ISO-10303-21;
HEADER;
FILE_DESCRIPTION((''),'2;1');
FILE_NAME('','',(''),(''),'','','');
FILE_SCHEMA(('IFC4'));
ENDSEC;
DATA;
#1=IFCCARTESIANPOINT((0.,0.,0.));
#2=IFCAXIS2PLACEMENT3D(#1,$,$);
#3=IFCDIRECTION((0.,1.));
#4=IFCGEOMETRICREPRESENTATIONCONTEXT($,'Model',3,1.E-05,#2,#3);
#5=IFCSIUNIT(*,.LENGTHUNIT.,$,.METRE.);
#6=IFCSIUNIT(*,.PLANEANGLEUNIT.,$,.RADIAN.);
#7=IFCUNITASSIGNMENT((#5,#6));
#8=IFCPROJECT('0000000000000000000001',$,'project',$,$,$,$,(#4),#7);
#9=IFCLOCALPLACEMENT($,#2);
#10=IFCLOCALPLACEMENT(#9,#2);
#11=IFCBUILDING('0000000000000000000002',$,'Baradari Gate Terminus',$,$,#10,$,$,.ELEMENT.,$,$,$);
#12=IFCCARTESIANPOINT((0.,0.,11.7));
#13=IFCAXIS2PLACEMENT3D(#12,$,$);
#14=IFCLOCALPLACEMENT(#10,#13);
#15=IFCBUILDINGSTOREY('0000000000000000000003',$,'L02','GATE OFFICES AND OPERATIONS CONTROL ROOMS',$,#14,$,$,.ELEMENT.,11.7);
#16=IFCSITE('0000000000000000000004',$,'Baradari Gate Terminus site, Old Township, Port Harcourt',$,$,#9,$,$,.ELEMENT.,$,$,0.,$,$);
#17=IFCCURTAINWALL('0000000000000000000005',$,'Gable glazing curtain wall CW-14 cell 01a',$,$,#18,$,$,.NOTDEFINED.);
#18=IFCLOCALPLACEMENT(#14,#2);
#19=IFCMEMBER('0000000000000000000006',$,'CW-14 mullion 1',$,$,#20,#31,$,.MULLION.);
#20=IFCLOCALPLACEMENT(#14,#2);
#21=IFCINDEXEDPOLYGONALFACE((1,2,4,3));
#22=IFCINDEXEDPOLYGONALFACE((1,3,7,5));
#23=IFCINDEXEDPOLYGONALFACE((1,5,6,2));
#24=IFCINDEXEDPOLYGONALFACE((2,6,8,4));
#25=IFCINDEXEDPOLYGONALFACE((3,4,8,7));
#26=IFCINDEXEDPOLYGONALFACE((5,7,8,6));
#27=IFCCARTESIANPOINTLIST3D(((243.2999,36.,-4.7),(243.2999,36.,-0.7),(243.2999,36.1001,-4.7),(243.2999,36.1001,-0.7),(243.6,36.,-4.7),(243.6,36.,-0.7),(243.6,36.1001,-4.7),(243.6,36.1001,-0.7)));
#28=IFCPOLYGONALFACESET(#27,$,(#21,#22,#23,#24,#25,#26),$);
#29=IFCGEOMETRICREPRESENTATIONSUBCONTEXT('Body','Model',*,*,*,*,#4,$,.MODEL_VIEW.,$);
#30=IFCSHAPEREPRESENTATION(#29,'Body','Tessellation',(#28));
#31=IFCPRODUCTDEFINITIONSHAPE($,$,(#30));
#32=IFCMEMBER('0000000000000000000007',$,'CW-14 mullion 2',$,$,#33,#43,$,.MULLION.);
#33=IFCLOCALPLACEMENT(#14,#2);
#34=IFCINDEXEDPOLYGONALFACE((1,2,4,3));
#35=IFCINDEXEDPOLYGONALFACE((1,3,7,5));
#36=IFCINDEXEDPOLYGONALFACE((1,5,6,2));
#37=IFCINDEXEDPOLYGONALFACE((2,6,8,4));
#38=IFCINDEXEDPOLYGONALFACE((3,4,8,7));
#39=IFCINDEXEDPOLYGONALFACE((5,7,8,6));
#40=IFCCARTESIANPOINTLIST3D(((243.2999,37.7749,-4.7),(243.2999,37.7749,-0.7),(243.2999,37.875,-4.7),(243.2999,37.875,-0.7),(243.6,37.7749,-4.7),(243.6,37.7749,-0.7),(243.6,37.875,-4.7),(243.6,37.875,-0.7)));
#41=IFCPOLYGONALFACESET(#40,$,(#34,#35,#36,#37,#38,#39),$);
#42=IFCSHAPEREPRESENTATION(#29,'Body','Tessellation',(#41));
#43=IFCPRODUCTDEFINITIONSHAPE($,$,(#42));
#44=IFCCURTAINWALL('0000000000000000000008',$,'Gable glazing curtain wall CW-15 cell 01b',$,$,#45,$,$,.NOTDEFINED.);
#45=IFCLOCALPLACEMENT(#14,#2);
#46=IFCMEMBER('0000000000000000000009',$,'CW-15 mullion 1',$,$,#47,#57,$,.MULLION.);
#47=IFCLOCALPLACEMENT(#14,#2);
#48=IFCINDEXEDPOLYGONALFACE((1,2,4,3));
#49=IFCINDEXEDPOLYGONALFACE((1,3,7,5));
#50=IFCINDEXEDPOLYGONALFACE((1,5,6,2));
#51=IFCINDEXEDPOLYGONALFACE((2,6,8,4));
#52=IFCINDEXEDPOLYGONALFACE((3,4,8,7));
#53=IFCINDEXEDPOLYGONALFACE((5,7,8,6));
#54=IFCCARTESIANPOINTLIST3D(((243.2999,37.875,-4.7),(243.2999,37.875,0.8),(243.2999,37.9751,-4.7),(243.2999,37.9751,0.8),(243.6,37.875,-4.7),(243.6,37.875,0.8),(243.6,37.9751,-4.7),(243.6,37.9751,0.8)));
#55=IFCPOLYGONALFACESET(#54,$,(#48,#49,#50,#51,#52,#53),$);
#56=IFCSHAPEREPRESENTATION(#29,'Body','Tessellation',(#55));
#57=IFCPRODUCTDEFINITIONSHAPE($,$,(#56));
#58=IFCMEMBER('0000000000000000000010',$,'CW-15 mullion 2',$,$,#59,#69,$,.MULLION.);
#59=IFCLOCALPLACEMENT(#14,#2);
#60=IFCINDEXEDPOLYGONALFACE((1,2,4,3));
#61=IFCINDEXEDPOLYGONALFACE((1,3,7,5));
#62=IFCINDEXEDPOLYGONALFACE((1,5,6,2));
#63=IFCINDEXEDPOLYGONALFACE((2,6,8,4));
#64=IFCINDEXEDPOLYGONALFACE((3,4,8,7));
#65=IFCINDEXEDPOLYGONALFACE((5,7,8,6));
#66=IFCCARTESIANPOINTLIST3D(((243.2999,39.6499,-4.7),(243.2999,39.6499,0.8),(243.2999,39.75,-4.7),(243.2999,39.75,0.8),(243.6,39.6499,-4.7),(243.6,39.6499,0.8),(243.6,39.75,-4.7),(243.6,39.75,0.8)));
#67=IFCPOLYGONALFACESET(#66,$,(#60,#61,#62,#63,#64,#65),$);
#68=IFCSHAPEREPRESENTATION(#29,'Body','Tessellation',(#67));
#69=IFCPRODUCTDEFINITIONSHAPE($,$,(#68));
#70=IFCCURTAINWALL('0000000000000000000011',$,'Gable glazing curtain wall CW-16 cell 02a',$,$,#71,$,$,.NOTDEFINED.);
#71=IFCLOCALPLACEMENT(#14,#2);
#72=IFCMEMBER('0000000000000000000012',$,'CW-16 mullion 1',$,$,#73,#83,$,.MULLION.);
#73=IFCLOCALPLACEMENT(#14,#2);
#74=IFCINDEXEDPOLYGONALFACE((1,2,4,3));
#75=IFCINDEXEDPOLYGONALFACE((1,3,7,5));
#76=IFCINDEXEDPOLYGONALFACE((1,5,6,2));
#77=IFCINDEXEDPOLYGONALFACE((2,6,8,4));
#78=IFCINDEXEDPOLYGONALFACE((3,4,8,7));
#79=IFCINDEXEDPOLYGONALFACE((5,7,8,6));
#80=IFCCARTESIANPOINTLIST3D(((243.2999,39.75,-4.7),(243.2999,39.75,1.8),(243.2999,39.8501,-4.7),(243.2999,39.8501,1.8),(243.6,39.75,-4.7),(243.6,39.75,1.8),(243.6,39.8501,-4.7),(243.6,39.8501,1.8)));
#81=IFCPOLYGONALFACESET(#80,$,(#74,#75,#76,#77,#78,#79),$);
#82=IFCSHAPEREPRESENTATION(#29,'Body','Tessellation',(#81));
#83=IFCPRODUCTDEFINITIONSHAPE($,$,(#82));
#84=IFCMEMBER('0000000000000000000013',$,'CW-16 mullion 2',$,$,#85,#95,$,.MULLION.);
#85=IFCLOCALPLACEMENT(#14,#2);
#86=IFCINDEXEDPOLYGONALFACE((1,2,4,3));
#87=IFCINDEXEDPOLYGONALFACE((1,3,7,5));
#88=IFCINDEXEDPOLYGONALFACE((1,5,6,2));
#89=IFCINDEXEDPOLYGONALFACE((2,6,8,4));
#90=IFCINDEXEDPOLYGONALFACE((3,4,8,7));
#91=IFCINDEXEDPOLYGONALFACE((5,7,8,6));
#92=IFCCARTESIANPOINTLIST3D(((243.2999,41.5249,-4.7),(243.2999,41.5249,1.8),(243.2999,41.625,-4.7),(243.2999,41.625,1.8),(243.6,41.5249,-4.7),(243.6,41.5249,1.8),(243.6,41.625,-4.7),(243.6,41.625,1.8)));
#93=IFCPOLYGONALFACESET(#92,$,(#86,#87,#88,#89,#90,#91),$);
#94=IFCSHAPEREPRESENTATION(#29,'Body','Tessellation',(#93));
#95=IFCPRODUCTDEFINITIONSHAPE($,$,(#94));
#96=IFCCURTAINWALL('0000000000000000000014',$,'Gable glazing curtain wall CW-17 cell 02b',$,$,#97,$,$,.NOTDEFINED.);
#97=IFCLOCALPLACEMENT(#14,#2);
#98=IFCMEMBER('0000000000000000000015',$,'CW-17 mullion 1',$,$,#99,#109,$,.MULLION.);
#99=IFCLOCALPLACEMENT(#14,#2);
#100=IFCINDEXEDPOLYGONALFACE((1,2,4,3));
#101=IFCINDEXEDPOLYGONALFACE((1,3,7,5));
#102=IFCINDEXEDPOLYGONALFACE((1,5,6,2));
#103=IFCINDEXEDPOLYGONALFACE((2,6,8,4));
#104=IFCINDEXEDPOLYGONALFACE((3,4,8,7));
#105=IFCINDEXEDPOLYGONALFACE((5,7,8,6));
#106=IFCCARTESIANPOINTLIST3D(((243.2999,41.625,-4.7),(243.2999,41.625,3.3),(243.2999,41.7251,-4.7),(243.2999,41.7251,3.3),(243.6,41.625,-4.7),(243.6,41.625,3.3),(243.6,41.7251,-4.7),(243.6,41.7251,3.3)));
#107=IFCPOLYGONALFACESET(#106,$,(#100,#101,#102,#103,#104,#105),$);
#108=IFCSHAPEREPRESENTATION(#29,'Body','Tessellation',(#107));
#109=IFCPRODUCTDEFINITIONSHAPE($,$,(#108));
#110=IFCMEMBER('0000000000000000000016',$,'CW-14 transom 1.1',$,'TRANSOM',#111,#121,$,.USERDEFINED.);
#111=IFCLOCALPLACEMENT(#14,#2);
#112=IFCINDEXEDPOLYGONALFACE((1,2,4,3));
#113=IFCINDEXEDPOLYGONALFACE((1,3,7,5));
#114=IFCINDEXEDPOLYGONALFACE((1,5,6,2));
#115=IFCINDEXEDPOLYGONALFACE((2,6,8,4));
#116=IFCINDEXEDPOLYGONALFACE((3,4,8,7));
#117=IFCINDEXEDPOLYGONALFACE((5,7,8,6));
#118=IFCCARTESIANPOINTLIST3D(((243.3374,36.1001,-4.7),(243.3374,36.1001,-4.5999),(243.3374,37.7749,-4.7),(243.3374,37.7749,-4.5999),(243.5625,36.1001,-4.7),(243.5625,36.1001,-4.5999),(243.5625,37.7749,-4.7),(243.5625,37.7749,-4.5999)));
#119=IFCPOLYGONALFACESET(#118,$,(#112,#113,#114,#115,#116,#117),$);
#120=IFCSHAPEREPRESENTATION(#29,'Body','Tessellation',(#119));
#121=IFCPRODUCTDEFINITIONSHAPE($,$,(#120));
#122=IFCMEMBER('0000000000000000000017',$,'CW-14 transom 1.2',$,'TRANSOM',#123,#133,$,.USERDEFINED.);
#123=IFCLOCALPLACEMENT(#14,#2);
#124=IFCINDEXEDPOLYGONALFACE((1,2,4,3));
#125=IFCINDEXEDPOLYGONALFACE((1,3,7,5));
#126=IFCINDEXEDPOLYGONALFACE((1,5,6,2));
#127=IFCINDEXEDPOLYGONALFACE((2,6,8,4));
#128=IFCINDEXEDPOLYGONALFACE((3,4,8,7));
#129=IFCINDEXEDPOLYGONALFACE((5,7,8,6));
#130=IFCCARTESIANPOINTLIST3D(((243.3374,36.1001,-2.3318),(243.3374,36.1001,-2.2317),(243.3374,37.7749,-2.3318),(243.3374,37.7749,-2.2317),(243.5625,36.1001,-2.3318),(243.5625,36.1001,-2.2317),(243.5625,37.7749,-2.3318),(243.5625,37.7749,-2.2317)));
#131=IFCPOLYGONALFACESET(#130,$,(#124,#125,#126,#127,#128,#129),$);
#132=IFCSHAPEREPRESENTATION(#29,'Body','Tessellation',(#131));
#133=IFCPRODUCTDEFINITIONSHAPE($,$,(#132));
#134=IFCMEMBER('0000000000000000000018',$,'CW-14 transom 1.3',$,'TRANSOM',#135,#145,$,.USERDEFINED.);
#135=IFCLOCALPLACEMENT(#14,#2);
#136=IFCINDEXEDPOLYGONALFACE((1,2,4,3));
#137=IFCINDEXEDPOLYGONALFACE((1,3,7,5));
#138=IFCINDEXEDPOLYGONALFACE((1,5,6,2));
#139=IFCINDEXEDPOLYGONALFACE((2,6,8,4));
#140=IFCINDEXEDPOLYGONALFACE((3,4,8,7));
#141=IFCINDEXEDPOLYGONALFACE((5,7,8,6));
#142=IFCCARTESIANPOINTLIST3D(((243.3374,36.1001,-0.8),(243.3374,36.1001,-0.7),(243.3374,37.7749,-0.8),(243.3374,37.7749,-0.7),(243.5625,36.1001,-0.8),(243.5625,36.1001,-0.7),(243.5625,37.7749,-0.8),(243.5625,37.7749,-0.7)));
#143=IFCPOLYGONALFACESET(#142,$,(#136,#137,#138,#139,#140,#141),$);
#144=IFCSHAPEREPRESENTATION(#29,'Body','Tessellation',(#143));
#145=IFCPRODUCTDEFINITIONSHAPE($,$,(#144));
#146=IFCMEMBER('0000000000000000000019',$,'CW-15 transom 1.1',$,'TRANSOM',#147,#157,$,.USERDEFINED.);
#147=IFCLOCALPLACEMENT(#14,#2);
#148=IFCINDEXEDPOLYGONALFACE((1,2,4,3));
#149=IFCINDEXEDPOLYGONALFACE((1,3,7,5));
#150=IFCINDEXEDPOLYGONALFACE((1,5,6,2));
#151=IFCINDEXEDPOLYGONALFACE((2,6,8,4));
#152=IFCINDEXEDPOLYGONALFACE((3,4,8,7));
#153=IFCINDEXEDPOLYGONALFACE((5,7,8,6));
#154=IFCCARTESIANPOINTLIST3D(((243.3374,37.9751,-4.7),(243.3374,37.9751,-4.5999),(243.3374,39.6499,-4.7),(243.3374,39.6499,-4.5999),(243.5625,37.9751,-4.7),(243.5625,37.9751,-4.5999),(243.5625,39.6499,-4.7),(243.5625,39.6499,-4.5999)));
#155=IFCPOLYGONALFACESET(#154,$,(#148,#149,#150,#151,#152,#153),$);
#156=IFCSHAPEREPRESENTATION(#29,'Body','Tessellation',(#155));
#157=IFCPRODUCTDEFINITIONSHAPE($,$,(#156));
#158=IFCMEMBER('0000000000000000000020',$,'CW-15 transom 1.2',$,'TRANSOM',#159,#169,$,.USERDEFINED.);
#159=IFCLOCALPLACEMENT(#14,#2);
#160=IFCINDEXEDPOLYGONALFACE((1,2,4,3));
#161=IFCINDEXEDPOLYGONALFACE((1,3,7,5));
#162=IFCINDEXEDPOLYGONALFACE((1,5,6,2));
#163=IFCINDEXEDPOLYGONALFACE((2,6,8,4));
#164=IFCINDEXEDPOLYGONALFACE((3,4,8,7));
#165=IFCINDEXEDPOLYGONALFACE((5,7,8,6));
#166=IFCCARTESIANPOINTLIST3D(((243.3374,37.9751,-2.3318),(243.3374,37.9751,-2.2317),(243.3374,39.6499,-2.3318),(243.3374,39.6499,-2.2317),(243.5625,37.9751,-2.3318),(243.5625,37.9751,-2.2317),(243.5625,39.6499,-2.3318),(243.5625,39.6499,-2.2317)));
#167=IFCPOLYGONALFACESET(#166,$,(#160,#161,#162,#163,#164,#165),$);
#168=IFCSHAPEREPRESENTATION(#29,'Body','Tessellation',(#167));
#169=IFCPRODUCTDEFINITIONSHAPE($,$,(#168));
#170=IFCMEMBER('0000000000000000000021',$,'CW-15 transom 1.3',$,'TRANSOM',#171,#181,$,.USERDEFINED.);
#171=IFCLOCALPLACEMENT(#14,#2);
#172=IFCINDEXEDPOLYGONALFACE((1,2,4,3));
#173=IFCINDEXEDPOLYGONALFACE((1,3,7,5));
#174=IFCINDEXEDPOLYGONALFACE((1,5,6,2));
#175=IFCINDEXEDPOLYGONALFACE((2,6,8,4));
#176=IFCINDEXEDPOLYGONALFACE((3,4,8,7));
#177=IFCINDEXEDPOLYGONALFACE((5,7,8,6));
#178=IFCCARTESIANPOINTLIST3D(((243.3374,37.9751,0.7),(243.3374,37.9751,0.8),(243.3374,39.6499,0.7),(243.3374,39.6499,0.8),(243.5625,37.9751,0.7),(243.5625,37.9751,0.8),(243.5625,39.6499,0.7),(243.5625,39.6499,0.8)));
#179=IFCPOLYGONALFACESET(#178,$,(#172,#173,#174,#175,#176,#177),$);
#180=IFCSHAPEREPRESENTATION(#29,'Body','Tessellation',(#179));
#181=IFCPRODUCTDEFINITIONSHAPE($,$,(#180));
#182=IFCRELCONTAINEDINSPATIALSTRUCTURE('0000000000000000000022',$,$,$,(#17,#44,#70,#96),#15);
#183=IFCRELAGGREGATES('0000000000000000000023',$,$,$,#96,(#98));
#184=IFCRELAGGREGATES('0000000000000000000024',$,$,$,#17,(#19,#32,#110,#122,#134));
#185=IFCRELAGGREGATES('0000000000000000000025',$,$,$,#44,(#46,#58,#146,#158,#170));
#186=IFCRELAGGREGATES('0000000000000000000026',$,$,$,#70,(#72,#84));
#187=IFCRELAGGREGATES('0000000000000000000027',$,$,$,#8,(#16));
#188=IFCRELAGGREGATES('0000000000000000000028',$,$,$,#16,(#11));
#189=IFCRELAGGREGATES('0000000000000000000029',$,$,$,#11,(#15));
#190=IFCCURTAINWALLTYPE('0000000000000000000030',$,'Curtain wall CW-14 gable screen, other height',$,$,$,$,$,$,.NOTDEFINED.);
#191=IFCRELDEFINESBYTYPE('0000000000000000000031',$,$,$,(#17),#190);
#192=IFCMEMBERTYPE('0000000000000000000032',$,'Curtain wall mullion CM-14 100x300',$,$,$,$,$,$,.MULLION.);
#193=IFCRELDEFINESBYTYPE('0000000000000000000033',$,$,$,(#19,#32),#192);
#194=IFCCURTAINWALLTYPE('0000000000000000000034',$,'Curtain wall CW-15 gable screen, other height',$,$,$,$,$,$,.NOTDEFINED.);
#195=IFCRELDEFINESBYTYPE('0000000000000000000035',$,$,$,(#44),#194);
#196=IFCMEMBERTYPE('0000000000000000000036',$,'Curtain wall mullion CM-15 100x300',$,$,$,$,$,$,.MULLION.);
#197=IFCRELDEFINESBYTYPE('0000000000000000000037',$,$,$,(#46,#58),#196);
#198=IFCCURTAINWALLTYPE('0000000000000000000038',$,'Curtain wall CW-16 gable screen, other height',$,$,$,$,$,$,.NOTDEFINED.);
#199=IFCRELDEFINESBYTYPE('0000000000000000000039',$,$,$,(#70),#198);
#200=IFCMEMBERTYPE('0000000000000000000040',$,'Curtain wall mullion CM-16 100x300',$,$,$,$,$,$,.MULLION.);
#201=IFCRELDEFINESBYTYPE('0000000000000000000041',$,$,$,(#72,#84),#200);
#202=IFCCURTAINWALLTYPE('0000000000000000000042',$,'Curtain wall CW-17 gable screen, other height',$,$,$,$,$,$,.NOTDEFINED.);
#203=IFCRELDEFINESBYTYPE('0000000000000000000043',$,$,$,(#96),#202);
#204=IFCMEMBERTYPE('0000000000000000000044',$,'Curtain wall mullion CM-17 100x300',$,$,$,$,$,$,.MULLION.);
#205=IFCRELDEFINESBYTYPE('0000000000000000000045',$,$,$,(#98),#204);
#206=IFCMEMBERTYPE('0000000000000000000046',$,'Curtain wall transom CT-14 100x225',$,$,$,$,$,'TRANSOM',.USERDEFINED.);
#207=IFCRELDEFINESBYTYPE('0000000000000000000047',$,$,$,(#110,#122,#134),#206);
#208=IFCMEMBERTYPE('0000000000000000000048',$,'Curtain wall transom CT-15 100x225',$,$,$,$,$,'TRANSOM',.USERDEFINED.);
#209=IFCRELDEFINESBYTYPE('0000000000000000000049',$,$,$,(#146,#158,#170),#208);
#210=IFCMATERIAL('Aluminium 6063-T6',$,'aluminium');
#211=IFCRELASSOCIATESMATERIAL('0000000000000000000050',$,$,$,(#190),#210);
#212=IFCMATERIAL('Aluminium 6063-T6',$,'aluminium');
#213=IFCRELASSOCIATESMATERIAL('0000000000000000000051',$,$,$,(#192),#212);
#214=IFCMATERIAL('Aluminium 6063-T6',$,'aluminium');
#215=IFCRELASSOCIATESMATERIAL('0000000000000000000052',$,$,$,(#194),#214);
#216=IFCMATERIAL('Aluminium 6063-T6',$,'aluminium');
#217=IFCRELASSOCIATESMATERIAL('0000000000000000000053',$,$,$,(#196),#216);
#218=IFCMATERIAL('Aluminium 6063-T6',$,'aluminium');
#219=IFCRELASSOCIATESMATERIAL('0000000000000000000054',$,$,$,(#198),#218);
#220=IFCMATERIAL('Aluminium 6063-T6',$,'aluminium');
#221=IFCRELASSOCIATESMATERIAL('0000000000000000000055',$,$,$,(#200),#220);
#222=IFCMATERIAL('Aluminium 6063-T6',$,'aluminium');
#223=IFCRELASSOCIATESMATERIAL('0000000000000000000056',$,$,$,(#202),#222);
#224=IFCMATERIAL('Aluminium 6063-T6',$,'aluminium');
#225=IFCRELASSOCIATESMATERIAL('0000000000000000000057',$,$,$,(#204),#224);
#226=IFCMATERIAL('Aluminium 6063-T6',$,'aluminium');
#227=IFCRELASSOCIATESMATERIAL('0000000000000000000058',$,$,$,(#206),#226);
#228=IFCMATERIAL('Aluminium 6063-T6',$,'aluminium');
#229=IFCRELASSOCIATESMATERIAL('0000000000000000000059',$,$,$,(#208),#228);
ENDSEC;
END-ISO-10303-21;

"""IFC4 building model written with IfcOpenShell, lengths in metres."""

from ifc_helpers import new_model, si_unit, direction, frame, origin, origin_2d, place, context, subcontext, project, spatial, rectangle, extrude, material, material_profile, profile_set, type_object, element, aggregate, save


model = new_model("IFC4")

# Units and contexts
model_context = context("Model", 3, precision=1e-05, world=origin(), true_north=direction((0.0, 1.0)))
body_context = subcontext(model_context, "Body", "Model", "MODEL_VIEW")
ifc_project = project(units=[si_unit("LENGTHUNIT", "METRE"), si_unit("PLANEANGLEUNIT", "RADIAN")], contexts=[model_context])

# Site, building, storey
site_placement = place(None, origin())
site = spatial("IfcSite", under=ifc_project, at=site_placement, Name="Baradari Gate Terminus site, Old Township, Port Harcourt", CompositionType="ELEMENT", RefElevation=0.0)
building_placement = place(site_placement, origin())
building = spatial("IfcBuilding", under=site, at=building_placement, Name="Baradari Gate Terminus", CompositionType="ELEMENT")
storey_placement = place(building_placement, frame((0.0, 0.0, 11.7)))
storey = spatial("IfcBuildingStorey", under=building, at=storey_placement, Name="L02", Description="GATE OFFICES AND OPERATIONS CONTROL ROOMS", CompositionType="ELEMENT", Elevation=11.7)

# Curtain walls, members
ifc_material_1 = material(Name="Aluminium 6063-T6", Category="aluminium")
curtain_wall_type_1 = type_object("IfcCurtainWallType", Name="Curtain wall CW-14 gable screen, other height", PredefinedType="NOTDEFINED", material=ifc_material_1)
curtain_wall_1_placement = place(storey_placement, origin())
curtain_wall_1 = element("IfcCurtainWall", 1, at=curtain_wall_1_placement, inside=storey, type_object=curtain_wall_type_1, Name="Gable glazing curtain wall CW-14 cell 01a", PredefinedType="NOTDEFINED")
ifc_material_2 = material(Name="Aluminium 6063-T6", Category="aluminium")
ifc_material_profile_1 = material_profile(ifc_material_2, rectangle(XDim=0.3, YDim=0.1001, at=origin_2d()), Name="CM-14 100X300")
ifc_profile_set_1 = profile_set([ifc_material_profile_1], Name="Aluminium 6063-T6")
member_type_1 = type_object("IfcMemberType", Name="Curtain wall mullion CM-14 100x300", PredefinedType="MULLION", material=ifc_profile_set_1)
member_1_placement = place(storey_placement, frame((243.45, 36.05, -4.7), z_axis=(0.0, 0.0, 1.0), x_axis=(-1.0, 0.0, 0.0)))
member_1 = element("IfcMember", 2, at=member_1_placement, type_object=member_type_1, Name="CW-14 mullion 1", PredefinedType="MULLION", context=body_context, shape_type="SweptSolid", body=[
    extrude(rectangle(XDim=0.3, YDim=0.1001, at=origin_2d()), origin(), (0.0, 0.0, 1.0), 4.0),
])
member_2_placement = place(storey_placement, frame((243.45, 37.825, -4.7), z_axis=(0.0, 0.0, 1.0), x_axis=(-1.0, 0.0, 0.0)))
member_2 = element("IfcMember", 3, at=member_2_placement, type_object=member_type_1, Name="CW-14 mullion 2", PredefinedType="MULLION", context=body_context, shape_type="SweptSolid", body=[
    extrude(rectangle(XDim=0.3, YDim=0.1001, at=origin_2d()), origin(), (0.0, 0.0, 1.0), 4.0),
])
ifc_material_3 = material(Name="Aluminium 6063-T6", Category="aluminium")
curtain_wall_type_2 = type_object("IfcCurtainWallType", Name="Curtain wall CW-15 gable screen, other height", PredefinedType="NOTDEFINED", material=ifc_material_3)
curtain_wall_2_placement = place(storey_placement, origin())
curtain_wall_2 = element("IfcCurtainWall", 4, at=curtain_wall_2_placement, inside=storey, type_object=curtain_wall_type_2, Name="Gable glazing curtain wall CW-15 cell 01b", PredefinedType="NOTDEFINED")
ifc_material_4 = material(Name="Aluminium 6063-T6", Category="aluminium")
ifc_material_profile_2 = material_profile(ifc_material_4, rectangle(XDim=0.3, YDim=0.1001, at=origin_2d()), Name="CM-15 100X300")
ifc_profile_set_2 = profile_set([ifc_material_profile_2], Name="Aluminium 6063-T6")
member_type_2 = type_object("IfcMemberType", Name="Curtain wall mullion CM-15 100x300", PredefinedType="MULLION", material=ifc_profile_set_2)
member_3_placement = place(storey_placement, frame((243.45, 37.925, -4.7), z_axis=(0.0, 0.0, 1.0), x_axis=(-1.0, 0.0, 0.0)))
member_3 = element("IfcMember", 5, at=member_3_placement, type_object=member_type_2, Name="CW-15 mullion 1", PredefinedType="MULLION", context=body_context, shape_type="SweptSolid", body=[
    extrude(rectangle(XDim=0.3, YDim=0.1001, at=origin_2d()), origin(), (0.0, 0.0, 1.0), 5.5),
])
member_4_placement = place(storey_placement, frame((243.45, 39.7, -4.7), z_axis=(0.0, 0.0, 1.0), x_axis=(-1.0, 0.0, 0.0)))
member_4 = element("IfcMember", 6, at=member_4_placement, type_object=member_type_2, Name="CW-15 mullion 2", PredefinedType="MULLION", context=body_context, shape_type="SweptSolid", body=[
    extrude(rectangle(XDim=0.3, YDim=0.1001, at=origin_2d()), origin(), (0.0, 0.0, 1.0), 5.5),
])
ifc_material_5 = material(Name="Aluminium 6063-T6", Category="aluminium")
curtain_wall_type_3 = type_object("IfcCurtainWallType", Name="Curtain wall CW-16 gable screen, other height", PredefinedType="NOTDEFINED", material=ifc_material_5)
curtain_wall_3_placement = place(storey_placement, origin())
curtain_wall_3 = element("IfcCurtainWall", 7, at=curtain_wall_3_placement, inside=storey, type_object=curtain_wall_type_3, Name="Gable glazing curtain wall CW-16 cell 02a", PredefinedType="NOTDEFINED")
ifc_material_6 = material(Name="Aluminium 6063-T6", Category="aluminium")
ifc_material_profile_3 = material_profile(ifc_material_6, rectangle(XDim=0.3, YDim=0.1001, at=origin_2d()), Name="CM-16 100X300")
ifc_profile_set_3 = profile_set([ifc_material_profile_3], Name="Aluminium 6063-T6")
member_type_3 = type_object("IfcMemberType", Name="Curtain wall mullion CM-16 100x300", PredefinedType="MULLION", material=ifc_profile_set_3)
member_5_placement = place(storey_placement, frame((243.45, 39.8, -4.7), z_axis=(0.0, 0.0, 1.0), x_axis=(-1.0, 0.0, 0.0)))
member_5 = element("IfcMember", 8, at=member_5_placement, type_object=member_type_3, Name="CW-16 mullion 1", PredefinedType="MULLION", context=body_context, shape_type="SweptSolid", body=[
    extrude(rectangle(XDim=0.3, YDim=0.1001, at=origin_2d()), origin(), (0.0, 0.0, 1.0), 6.5),
])
member_6_placement = place(storey_placement, frame((243.45, 41.575, -4.7), z_axis=(0.0, 0.0, 1.0), x_axis=(-1.0, 0.0, 0.0)))
member_6 = element("IfcMember", 9, at=member_6_placement, type_object=member_type_3, Name="CW-16 mullion 2", PredefinedType="MULLION", context=body_context, shape_type="SweptSolid", body=[
    extrude(rectangle(XDim=0.3, YDim=0.1001, at=origin_2d()), origin(), (0.0, 0.0, 1.0), 6.5),
])

# Curtain wall, member
ifc_material_7 = material(Name="Aluminium 6063-T6", Category="aluminium")
curtain_wall_type_4 = type_object("IfcCurtainWallType", Name="Curtain wall CW-17 gable screen, other height", PredefinedType="NOTDEFINED", material=ifc_material_7)
curtain_wall_4_placement = place(storey_placement, origin())
curtain_wall_4 = element("IfcCurtainWall", 10, at=curtain_wall_4_placement, inside=storey, type_object=curtain_wall_type_4, Name="Gable glazing curtain wall CW-17 cell 02b", PredefinedType="NOTDEFINED")
ifc_material_8 = material(Name="Aluminium 6063-T6", Category="aluminium")
ifc_material_profile_4 = material_profile(ifc_material_8, rectangle(XDim=0.3, YDim=0.1001, at=origin_2d()), Name="CM-17 100X300")
ifc_profile_set_4 = profile_set([ifc_material_profile_4], Name="Aluminium 6063-T6")
member_type_4 = type_object("IfcMemberType", Name="Curtain wall mullion CM-17 100x300", PredefinedType="MULLION", material=ifc_profile_set_4)
member_7_placement = place(storey_placement, frame((243.45, 41.675, -4.7), z_axis=(0.0, 0.0, 1.0), x_axis=(-1.0, 0.0, 0.0)))
member_7 = element("IfcMember", 11, at=member_7_placement, type_object=member_type_4, Name="CW-17 mullion 1", PredefinedType="MULLION", context=body_context, shape_type="SweptSolid", body=[
    extrude(rectangle(XDim=0.3, YDim=0.1001, at=origin_2d()), origin(), (0.0, 0.0, 1.0), 8.0),
])

# Members
ifc_material_9 = material(Name="Aluminium 6063-T6", Category="aluminium")
ifc_material_profile_5 = material_profile(ifc_material_9, rectangle(XDim=0.2251, YDim=0.1001, at=origin_2d()), Name="CT-14 100X225")
ifc_profile_set_5 = profile_set([ifc_material_profile_5], Name="Aluminium 6063-T6")
member_type_5 = type_object("IfcMemberType", Name="Curtain wall transom CT-14 100x225", ElementType="TRANSOM", PredefinedType="USERDEFINED", material=ifc_profile_set_5)
member_8_placement = place(storey_placement, frame((243.45, 36.1001, -4.6499), z_axis=(0.0, 1.0, 0.0), x_axis=(-1.0, 0.0, 0.0)))
member_8 = element("IfcMember", 12, at=member_8_placement, type_object=member_type_5, Name="CW-14 transom 1.1", ObjectType="TRANSOM", PredefinedType="USERDEFINED", context=body_context, shape_type="SweptSolid", body=[
    extrude(rectangle(XDim=0.2251, YDim=0.1001, at=origin_2d()), origin(), (0.0, 0.0, 1.0), 1.6748),
])
member_9_placement = place(storey_placement, frame((243.45, 36.1001, -2.2817), z_axis=(0.0, 1.0, 0.0), x_axis=(-1.0, 0.0, 0.0)))
member_9 = element("IfcMember", 13, at=member_9_placement, type_object=member_type_5, Name="CW-14 transom 1.2", ObjectType="TRANSOM", PredefinedType="USERDEFINED", context=body_context, shape_type="SweptSolid", body=[
    extrude(rectangle(XDim=0.2251, YDim=0.1001, at=origin_2d()), origin(), (0.0, 0.0, 1.0), 1.6748),
])
member_10_placement = place(storey_placement, frame((243.45, 36.1001, -0.75), z_axis=(0.0, 1.0, 0.0), x_axis=(-1.0, 0.0, 0.0)))
member_10 = element("IfcMember", 14, at=member_10_placement, type_object=member_type_5, Name="CW-14 transom 1.3", ObjectType="TRANSOM", PredefinedType="USERDEFINED", context=body_context, shape_type="SweptSolid", body=[
    extrude(rectangle(XDim=0.2251, YDim=0.1001, at=origin_2d()), origin(), (0.0, 0.0, 1.0), 1.6748),
])
ifc_material_10 = material(Name="Aluminium 6063-T6", Category="aluminium")
ifc_material_profile_6 = material_profile(ifc_material_10, rectangle(XDim=0.2251, YDim=0.1001, at=origin_2d()), Name="CT-15 100X225")
ifc_profile_set_6 = profile_set([ifc_material_profile_6], Name="Aluminium 6063-T6")
member_type_6 = type_object("IfcMemberType", Name="Curtain wall transom CT-15 100x225", ElementType="TRANSOM", PredefinedType="USERDEFINED", material=ifc_profile_set_6)
member_11_placement = place(storey_placement, frame((243.45, 37.9751, -4.6499), z_axis=(0.0, 1.0, 0.0), x_axis=(-1.0, 0.0, 0.0)))
member_11 = element("IfcMember", 15, at=member_11_placement, type_object=member_type_6, Name="CW-15 transom 1.1", ObjectType="TRANSOM", PredefinedType="USERDEFINED", context=body_context, shape_type="SweptSolid", body=[
    extrude(rectangle(XDim=0.2251, YDim=0.1001, at=origin_2d()), origin(), (0.0, 0.0, 1.0), 1.6748),
])
member_12_placement = place(storey_placement, frame((243.45, 37.9751, -2.2817), z_axis=(0.0, 1.0, 0.0), x_axis=(-1.0, 0.0, 0.0)))
member_12 = element("IfcMember", 16, at=member_12_placement, type_object=member_type_6, Name="CW-15 transom 1.2", ObjectType="TRANSOM", PredefinedType="USERDEFINED", context=body_context, shape_type="SweptSolid", body=[
    extrude(rectangle(XDim=0.2251, YDim=0.1001, at=origin_2d()), origin(), (0.0, 0.0, 1.0), 1.6748),
])
member_13_placement = place(storey_placement, frame((243.45, 37.9751, 0.75), z_axis=(0.0, 1.0, 0.0), x_axis=(-1.0, 0.0, 0.0)))
member_13 = element("IfcMember", 17, at=member_13_placement, type_object=member_type_6, Name="CW-15 transom 1.3", ObjectType="TRANSOM", PredefinedType="USERDEFINED", context=body_context, shape_type="SweptSolid", body=[
    extrude(rectangle(XDim=0.2251, YDim=0.1001, at=origin_2d()), origin(), (0.0, 0.0, 1.0), 1.6748),
])
aggregate(curtain_wall_4, [member_7])

aggregate(curtain_wall_1, [member_1, member_2, member_8, member_9, member_10])
aggregate(curtain_wall_2, [member_3, member_4, member_11, member_12, member_13])
aggregate(curtain_wall_3, [member_5, member_6])

save(model, "model.ifc")
